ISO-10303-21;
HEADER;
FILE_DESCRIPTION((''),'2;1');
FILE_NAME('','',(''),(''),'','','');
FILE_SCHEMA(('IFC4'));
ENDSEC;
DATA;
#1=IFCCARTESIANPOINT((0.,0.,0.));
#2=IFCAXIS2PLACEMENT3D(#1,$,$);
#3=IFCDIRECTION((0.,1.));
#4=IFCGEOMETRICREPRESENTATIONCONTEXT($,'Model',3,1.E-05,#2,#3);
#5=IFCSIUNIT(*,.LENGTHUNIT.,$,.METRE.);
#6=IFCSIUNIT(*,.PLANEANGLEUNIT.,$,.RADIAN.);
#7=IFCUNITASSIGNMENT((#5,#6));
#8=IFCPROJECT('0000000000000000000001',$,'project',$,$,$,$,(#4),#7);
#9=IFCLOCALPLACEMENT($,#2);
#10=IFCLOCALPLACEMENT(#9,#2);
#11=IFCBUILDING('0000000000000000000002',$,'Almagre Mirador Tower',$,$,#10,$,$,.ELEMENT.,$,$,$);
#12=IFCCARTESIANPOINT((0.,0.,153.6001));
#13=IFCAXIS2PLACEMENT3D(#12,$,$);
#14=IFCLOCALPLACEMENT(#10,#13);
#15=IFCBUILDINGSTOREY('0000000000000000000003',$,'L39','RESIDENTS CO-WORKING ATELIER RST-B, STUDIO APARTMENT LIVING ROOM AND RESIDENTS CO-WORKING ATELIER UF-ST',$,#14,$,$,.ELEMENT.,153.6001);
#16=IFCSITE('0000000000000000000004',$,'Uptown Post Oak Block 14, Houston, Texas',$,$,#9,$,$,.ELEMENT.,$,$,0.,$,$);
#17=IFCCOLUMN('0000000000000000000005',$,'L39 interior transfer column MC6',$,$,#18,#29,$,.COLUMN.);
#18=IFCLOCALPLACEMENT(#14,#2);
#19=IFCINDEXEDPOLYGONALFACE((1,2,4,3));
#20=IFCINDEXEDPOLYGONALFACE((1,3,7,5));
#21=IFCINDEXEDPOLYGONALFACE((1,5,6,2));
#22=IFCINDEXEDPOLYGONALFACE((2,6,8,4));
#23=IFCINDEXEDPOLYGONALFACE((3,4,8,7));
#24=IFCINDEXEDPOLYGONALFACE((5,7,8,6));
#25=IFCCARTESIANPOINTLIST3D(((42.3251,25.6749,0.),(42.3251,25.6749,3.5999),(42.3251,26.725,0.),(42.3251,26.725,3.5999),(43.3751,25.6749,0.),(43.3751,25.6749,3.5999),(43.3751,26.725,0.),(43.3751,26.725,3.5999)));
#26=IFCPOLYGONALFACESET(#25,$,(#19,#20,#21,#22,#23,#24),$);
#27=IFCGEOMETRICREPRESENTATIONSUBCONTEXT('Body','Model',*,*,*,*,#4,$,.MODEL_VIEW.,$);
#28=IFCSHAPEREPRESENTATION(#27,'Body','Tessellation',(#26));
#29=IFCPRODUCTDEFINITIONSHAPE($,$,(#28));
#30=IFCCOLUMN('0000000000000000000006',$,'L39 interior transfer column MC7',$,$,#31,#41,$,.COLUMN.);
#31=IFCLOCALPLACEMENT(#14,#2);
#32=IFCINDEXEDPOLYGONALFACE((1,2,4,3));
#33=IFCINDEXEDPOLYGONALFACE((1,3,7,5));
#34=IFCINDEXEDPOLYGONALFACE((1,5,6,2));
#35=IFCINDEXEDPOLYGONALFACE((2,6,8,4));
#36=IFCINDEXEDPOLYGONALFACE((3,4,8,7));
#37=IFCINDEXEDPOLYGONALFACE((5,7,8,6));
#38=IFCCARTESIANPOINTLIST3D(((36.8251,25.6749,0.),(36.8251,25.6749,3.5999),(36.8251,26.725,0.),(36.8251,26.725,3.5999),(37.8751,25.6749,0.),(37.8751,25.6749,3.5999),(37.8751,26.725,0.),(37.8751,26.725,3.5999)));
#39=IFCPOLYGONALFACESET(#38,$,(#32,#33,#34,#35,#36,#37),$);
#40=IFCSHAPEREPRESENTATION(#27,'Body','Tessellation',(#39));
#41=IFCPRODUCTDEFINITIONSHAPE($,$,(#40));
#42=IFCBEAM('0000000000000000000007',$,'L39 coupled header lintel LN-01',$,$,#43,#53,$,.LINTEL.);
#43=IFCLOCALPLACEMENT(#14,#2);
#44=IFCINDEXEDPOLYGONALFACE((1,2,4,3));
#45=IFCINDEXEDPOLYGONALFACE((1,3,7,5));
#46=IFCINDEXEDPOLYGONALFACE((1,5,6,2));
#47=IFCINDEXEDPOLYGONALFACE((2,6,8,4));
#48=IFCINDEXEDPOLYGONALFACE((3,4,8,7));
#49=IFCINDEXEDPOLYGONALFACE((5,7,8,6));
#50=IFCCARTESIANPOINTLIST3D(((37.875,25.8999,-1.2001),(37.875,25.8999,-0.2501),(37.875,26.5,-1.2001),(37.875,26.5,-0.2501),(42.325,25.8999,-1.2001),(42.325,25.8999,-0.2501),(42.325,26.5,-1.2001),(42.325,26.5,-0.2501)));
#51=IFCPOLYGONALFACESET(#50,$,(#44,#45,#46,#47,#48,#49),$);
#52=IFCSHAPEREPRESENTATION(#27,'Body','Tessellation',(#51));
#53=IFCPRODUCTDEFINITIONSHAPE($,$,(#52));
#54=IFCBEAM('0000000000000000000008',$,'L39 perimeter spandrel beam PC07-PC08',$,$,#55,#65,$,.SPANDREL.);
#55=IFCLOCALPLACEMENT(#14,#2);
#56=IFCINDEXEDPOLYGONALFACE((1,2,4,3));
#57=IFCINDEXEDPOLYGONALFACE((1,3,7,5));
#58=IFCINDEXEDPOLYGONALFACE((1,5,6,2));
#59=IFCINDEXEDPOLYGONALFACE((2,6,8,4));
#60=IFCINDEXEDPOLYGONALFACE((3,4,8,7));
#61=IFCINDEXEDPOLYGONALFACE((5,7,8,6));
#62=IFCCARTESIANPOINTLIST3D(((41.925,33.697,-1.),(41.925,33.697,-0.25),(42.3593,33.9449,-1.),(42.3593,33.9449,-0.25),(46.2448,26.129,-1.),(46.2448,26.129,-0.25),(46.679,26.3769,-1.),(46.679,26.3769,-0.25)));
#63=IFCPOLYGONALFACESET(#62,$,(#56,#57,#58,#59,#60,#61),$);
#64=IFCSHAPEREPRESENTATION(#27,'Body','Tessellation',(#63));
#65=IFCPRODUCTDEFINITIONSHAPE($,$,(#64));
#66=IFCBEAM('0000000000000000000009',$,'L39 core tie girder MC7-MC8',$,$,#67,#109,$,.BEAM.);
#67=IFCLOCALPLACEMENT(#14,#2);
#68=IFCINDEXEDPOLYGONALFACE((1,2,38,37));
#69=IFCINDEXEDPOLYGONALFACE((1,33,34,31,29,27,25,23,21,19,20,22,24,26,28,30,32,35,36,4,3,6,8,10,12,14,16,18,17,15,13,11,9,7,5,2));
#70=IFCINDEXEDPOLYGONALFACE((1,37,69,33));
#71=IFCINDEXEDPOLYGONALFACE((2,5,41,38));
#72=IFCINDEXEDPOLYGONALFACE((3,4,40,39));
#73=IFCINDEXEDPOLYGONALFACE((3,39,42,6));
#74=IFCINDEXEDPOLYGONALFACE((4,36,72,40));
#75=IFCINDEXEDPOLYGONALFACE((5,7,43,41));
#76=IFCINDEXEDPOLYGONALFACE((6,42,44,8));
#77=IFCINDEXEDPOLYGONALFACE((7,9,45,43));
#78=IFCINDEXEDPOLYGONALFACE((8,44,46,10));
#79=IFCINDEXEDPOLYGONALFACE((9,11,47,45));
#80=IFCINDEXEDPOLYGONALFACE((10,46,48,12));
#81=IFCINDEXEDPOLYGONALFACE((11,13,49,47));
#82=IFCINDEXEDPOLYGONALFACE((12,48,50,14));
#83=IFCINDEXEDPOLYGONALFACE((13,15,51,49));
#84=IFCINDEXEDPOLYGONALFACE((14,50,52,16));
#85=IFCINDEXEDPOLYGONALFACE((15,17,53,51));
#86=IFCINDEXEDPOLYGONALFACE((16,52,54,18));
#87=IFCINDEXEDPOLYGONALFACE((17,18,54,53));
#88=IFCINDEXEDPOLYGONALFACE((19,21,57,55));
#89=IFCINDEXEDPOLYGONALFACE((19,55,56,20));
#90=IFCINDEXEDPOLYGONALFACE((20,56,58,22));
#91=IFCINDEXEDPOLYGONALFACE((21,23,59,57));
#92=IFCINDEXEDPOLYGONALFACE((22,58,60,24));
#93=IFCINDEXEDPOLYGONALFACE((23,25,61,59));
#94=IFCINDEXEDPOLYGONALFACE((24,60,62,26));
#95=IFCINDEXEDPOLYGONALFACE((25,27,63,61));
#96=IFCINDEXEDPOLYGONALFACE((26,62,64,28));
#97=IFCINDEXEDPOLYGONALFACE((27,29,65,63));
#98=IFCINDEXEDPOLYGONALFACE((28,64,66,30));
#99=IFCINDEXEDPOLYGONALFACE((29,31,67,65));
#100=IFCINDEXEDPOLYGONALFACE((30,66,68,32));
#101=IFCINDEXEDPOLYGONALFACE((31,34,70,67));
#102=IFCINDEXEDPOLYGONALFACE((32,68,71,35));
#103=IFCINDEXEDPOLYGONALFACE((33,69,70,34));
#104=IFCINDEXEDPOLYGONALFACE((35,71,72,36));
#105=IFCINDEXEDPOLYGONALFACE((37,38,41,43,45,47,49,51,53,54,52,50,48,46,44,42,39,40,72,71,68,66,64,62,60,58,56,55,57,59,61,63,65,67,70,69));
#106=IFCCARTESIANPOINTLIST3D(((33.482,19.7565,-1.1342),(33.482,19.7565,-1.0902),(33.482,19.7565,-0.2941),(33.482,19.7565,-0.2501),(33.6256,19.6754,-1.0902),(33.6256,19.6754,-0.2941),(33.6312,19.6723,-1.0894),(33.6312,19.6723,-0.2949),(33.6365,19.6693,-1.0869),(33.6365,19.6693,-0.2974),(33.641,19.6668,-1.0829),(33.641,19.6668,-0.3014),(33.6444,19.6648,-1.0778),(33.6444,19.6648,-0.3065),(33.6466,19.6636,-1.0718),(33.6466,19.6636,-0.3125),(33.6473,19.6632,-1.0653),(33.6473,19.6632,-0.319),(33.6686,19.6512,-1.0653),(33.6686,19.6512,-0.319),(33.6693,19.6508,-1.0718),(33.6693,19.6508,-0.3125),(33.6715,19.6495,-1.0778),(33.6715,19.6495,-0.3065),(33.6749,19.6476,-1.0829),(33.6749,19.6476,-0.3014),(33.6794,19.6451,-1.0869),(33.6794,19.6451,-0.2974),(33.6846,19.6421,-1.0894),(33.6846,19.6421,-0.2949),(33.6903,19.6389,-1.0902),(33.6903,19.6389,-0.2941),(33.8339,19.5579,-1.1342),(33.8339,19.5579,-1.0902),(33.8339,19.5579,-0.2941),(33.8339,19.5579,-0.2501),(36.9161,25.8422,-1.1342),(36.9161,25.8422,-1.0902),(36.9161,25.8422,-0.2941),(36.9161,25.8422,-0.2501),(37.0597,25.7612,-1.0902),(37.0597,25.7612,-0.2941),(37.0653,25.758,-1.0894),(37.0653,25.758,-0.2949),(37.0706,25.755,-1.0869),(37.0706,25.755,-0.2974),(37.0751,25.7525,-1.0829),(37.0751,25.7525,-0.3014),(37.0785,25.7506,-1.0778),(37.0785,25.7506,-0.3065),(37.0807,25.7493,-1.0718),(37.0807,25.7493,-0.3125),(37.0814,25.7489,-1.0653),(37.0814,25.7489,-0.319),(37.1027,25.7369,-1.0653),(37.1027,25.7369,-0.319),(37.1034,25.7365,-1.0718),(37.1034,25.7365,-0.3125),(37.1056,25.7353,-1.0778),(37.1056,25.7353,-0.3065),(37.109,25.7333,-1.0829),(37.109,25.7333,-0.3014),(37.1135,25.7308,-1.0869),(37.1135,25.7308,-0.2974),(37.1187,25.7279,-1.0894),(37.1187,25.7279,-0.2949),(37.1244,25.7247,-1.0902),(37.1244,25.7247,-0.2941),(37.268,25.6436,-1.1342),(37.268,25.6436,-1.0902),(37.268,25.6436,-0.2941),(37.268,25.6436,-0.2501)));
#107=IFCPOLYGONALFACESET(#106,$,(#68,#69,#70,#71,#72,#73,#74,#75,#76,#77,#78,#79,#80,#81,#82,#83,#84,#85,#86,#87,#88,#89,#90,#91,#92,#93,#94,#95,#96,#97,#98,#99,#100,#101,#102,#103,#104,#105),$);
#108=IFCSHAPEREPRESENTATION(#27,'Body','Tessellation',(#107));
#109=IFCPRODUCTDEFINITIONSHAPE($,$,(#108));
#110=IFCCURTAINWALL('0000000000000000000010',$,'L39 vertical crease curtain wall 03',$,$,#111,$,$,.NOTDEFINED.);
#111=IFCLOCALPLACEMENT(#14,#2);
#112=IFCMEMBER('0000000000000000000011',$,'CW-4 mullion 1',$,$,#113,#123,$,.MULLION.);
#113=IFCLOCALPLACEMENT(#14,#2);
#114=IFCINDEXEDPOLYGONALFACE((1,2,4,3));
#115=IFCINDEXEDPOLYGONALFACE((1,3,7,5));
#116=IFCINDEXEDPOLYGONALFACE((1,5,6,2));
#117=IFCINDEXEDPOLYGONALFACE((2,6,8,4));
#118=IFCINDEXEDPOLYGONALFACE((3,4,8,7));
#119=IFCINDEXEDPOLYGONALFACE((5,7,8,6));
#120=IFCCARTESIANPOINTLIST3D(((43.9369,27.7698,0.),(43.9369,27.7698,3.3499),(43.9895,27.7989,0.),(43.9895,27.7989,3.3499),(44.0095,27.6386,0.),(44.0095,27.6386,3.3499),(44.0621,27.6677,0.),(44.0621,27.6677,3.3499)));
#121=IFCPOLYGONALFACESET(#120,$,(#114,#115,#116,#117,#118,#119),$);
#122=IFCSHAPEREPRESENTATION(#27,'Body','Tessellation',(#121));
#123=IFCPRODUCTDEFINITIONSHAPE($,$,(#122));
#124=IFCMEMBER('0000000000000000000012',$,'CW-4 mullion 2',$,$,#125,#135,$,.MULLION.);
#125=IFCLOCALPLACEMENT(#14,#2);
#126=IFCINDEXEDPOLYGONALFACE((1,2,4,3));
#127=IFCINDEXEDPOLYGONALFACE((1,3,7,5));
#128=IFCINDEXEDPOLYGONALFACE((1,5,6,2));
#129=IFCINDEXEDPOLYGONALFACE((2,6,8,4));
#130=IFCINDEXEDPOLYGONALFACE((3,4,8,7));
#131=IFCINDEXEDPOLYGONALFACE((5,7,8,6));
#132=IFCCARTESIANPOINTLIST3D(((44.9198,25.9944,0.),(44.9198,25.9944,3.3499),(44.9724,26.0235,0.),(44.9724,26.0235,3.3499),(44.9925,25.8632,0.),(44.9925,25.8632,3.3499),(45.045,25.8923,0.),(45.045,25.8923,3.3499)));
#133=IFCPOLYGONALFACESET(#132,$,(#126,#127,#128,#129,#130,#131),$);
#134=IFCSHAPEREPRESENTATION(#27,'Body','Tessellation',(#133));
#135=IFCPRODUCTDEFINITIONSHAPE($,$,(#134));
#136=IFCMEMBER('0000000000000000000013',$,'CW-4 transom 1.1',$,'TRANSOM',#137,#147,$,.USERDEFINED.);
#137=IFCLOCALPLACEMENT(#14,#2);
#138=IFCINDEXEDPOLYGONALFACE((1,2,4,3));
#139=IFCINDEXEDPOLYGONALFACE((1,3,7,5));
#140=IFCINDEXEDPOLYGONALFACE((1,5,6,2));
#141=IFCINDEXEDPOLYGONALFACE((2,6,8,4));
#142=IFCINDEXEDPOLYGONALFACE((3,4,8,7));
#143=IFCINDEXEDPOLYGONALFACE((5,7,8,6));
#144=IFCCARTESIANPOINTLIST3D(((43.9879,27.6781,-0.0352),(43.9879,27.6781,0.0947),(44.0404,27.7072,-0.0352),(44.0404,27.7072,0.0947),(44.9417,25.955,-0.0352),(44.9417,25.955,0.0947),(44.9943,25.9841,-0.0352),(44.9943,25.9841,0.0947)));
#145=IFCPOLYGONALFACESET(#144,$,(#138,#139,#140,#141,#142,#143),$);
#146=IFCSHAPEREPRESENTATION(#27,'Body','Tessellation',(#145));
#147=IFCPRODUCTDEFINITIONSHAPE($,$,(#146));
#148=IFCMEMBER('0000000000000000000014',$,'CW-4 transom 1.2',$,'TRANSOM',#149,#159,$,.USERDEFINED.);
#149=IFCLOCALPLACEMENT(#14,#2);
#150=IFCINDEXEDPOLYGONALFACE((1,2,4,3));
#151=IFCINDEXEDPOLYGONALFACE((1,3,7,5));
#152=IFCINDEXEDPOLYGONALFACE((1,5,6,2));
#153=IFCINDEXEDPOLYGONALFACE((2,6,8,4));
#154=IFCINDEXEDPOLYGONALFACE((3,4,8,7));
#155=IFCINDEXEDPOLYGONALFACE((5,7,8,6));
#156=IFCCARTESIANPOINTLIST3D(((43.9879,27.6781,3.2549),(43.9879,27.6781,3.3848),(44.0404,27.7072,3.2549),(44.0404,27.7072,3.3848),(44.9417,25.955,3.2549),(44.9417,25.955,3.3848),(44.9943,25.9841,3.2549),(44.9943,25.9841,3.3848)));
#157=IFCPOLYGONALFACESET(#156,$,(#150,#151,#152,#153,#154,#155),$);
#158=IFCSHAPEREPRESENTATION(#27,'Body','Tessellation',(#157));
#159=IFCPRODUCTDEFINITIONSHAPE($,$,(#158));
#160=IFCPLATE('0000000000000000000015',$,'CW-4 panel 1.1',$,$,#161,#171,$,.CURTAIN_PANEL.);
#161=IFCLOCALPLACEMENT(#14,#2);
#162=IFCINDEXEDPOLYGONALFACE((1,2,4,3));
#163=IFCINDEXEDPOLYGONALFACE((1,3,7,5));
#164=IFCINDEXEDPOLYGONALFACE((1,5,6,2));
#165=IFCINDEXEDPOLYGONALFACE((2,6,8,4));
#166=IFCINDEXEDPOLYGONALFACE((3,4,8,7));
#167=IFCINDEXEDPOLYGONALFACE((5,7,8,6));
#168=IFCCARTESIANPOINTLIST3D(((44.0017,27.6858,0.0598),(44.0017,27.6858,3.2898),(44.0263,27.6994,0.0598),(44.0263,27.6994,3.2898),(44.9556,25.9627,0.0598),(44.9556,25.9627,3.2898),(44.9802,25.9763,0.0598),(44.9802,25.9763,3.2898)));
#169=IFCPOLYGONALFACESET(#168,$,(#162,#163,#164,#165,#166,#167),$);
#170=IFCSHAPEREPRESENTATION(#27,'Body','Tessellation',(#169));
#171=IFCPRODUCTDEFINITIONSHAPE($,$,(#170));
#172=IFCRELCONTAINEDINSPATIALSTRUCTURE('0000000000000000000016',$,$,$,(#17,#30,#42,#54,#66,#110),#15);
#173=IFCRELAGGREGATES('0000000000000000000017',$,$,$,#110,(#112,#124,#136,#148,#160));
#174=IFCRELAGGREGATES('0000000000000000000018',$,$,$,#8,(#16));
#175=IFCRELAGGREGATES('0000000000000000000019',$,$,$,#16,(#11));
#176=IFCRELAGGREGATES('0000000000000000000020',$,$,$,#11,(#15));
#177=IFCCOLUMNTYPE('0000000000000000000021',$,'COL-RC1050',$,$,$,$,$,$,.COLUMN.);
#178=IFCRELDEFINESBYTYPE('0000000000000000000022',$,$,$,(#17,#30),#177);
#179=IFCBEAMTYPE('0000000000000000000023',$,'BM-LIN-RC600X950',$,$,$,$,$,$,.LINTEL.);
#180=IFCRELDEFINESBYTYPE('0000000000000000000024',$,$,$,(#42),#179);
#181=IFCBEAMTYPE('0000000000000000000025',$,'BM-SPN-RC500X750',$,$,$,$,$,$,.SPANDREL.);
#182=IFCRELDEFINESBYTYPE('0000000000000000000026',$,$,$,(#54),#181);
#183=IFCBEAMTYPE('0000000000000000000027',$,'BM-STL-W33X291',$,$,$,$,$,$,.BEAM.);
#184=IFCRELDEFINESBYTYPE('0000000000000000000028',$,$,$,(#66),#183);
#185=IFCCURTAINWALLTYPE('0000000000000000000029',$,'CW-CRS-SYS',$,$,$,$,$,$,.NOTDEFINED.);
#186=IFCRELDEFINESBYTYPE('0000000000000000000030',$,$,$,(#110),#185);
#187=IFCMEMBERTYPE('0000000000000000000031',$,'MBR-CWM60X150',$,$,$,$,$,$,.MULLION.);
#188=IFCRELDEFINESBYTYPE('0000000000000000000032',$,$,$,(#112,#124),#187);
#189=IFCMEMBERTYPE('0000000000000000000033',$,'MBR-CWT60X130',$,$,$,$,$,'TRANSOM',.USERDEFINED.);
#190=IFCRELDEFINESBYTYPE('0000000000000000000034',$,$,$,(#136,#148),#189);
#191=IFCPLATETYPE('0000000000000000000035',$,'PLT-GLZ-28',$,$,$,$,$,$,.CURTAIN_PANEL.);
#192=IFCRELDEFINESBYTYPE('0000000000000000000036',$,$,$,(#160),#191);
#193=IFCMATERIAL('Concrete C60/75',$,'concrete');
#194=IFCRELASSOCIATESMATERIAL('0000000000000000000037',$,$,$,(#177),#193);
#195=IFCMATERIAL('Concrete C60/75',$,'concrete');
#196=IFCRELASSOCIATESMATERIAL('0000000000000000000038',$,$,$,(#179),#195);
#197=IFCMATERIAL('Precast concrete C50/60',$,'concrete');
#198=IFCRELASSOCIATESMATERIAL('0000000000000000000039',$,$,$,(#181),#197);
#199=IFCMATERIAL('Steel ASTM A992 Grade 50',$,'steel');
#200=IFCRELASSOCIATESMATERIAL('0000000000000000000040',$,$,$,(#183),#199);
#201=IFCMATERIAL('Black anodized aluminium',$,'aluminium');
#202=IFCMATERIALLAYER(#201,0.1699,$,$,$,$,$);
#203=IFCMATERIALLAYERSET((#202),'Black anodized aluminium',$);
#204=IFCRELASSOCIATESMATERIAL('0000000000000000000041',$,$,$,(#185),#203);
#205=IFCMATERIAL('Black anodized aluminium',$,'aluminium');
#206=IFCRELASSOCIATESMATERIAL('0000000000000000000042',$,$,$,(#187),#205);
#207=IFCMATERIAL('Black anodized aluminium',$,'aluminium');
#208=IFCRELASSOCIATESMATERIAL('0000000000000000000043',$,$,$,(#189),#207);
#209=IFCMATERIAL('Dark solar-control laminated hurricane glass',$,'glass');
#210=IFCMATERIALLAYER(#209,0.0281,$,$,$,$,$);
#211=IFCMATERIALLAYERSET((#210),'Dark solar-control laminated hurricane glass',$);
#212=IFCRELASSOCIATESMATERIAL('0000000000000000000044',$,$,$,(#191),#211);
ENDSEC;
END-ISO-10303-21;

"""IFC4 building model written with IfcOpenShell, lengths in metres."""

from ifc_helpers import new_model, si_unit, direction, frame, origin, origin_2d, place, context, subcontext, project, spatial, rectangle, i_section, extrude, material, layer, layer_set, material_profile, profile_set, type_object, element, aggregate, save


model = new_model("IFC4")

# Units and contexts
model_context = context("Model", 3, precision=1e-05, world=origin(), true_north=direction((0.0, 1.0)))
body_context = subcontext(model_context, "Body", "Model", "MODEL_VIEW")
ifc_project = project(units=[si_unit("LENGTHUNIT", "METRE"), si_unit("PLANEANGLEUNIT", "RADIAN")], contexts=[model_context])

# Site, building, storey
site_placement = place(None, origin())
site = spatial("IfcSite", under=ifc_project, at=site_placement, Name="Uptown Post Oak Block 14, Houston, Texas", CompositionType="ELEMENT", RefElevation=0.0)
building_placement = place(site_placement, origin())
building = spatial("IfcBuilding", under=site, at=building_placement, Name="Almagre Mirador Tower", CompositionType="ELEMENT")
storey_placement = place(building_placement, frame((0.0, 0.0, 153.6001)))
storey = spatial("IfcBuildingStorey", under=building, at=storey_placement, Name="L39", Description="RESIDENTS CO-WORKING ATELIER RST-B, STUDIO APARTMENT LIVING ROOM AND RESIDENTS CO-WORKING ATELIER UF-ST", CompositionType="ELEMENT", Elevation=153.6001)

# Columns
ifc_material_1 = material(Name="Concrete C60/75", Category="concrete")
ifc_material_profile_1 = material_profile(ifc_material_1, rectangle(XDim=1.05, YDim=1.05, at=origin_2d()), Name="RC1050X1050")
ifc_profile_set_1 = profile_set([ifc_material_profile_1], Name="Concrete C60/75")
column_type = type_object("IfcColumnType", Name="COL-RC1050", PredefinedType="COLUMN", material=ifc_profile_set_1)
for number, where, z_axis, x_axis, name in (
    (1, (42.8501, 26.2, 0.0), (0.0, 0.0, 1.0), (1.0, 0.0, 0.0), "L39 interior transfer column MC6"),
    (2, (37.3501, 26.2, 0.0), (0.0, 0.0, 1.0), (1.0, 0.0, 0.0), "L39 interior transfer column MC7"),
):
    element("IfcColumn", number, at=place(storey_placement, frame(where, z_axis=z_axis, x_axis=x_axis)), inside=storey, type_object=column_type, Name=name, PredefinedType="COLUMN", context=body_context, shape_type="SweptSolid", body=[
        extrude(rectangle(XDim=1.05, YDim=1.05, at=origin_2d()), origin(), (0.0, 0.0, 1.0), 3.5999),
    ])

# Beams
ifc_material_2 = material(Name="Concrete C60/75", Category="concrete")
ifc_material_profile_2 = material_profile(ifc_material_2, rectangle(XDim=0.6001, YDim=0.95, at=origin_2d()), Name="RC600X950")
ifc_profile_set_2 = profile_set([ifc_material_profile_2], Name="Concrete C60/75")
beam_type_1 = type_object("IfcBeamType", Name="BM-LIN-RC600X950", PredefinedType="LINTEL", material=ifc_profile_set_2)
beam_1_placement = place(storey_placement, frame((37.875, 26.2, -0.7251), z_axis=(1.0, 0.0, 0.0), x_axis=(0.0, 1.0, 0.0)))
element("IfcBeam", 3, at=beam_1_placement, inside=storey, type_object=beam_type_1, Name="L39 coupled header lintel LN-01", PredefinedType="LINTEL", context=body_context, shape_type="SweptSolid", body=[
    extrude(rectangle(XDim=0.6001, YDim=0.95, at=origin_2d()), origin(), (0.0, 0.0, 1.0), 4.45),
])
ifc_material_3 = material(Name="Precast concrete C50/60", Category="concrete")
ifc_material_profile_3 = material_profile(ifc_material_3, rectangle(XDim=0.5, YDim=0.75, at=origin_2d()), Name="RC500X750")
ifc_profile_set_3 = profile_set([ifc_material_profile_3], Name="Precast concrete C50/60")
beam_type_2 = type_object("IfcBeamType", Name="BM-SPN-RC500X750", PredefinedType="SPANDREL", material=ifc_profile_set_3)
beam_2_placement = place(storey_placement, frame((46.4619, 26.2529, -0.625), z_axis=(-0.495723, 0.868481, 0.0), x_axis=(-0.868481, -0.495723, 0.0)))
element("IfcBeam", 4, at=beam_2_placement, inside=storey, type_object=beam_type_2, Name="L39 perimeter spandrel beam PC07-PC08", PredefinedType="SPANDREL", context=body_context, shape_type="SweptSolid", body=[
    extrude(rectangle(XDim=0.5, YDim=0.75, at=origin_2d()), origin(), (0.0, 0.0, 1.0), 8.7141),
])
ifc_material_4 = material(Name="Steel ASTM A992 Grade 50", Category="steel")
ifc_material_profile_4 = material_profile(ifc_material_4, i_section(OverallWidth=0.4041, OverallDepth=0.884, WebThickness=0.0244, FlangeThickness=0.0439, FilletRadius=0.0249, at=origin_2d()), Name="W33X291")
ifc_profile_set_4 = profile_set([ifc_material_profile_4], Name="Steel ASTM A992 Grade 50")
beam_type_3 = type_object("IfcBeamType", Name="BM-STL-W33X291", PredefinedType="BEAM", material=ifc_profile_set_4)
beam_3_placement = place(storey_placement, frame((37.092, 25.7429, -0.6921), z_axis=(-0.491444, -0.870909, 0.0), x_axis=(0.870909, -0.491444, 0.0)))
element("IfcBeam", 5, at=beam_3_placement, inside=storey, type_object=beam_type_3, Name="L39 core tie girder MC7-MC8", PredefinedType="BEAM", context=body_context, shape_type="SweptSolid", body=[
    extrude(i_section(OverallWidth=0.4041, OverallDepth=0.884, WebThickness=0.0244, FlangeThickness=0.0439, FilletRadius=0.0249, at=origin_2d()), origin(), (0.0, 0.0, 1.0), 6.9878),
])

# Curtain wall, members, plate
ifc_material_5 = material(Name="Black anodized aluminium", Category="aluminium")
ifc_layer_1 = layer(ifc_material_5, 0.1699)
ifc_layer_set_1 = layer_set([ifc_layer_1], Name="Black anodized aluminium")
curtain_wall_type = type_object("IfcCurtainWallType", Name="CW-CRS-SYS", PredefinedType="NOTDEFINED", material=ifc_layer_set_1)
curtain_wall_placement = place(storey_placement, origin())
curtain_wall = element("IfcCurtainWall", 6, at=curtain_wall_placement, inside=storey, type_object=curtain_wall_type, Name="L39 vertical crease curtain wall 03", PredefinedType="NOTDEFINED")
ifc_material_6 = material(Name="Black anodized aluminium", Category="aluminium")
ifc_material_profile_5 = material_profile(ifc_material_6, rectangle(XDim=0.0601, YDim=0.1499, at=origin_2d()), Name="CWM60X150")
ifc_profile_set_5 = profile_set([ifc_material_profile_5], Name="Black anodized aluminium")
member_type_1 = type_object("IfcMemberType", Name="MBR-CWM60X150", PredefinedType="MULLION", material=ifc_profile_set_5)
member_1_placement = place(storey_placement, frame((43.9995, 27.7188, 0.0), z_axis=(0.0, 0.0, 1.0), x_axis=(0.874879, 0.484342, 0.0)))
member_1 = element("IfcMember", 7, at=member_1_placement, type_object=member_type_1, Name="CW-4 mullion 1", PredefinedType="MULLION", context=body_context, shape_type="SweptSolid", body=[
    extrude(rectangle(XDim=0.0601, YDim=0.1499, at=origin_2d()), origin(), (0.0, 0.0, 1.0), 3.3499),
])
member_2_placement = place(storey_placement, frame((44.9824, 25.9434, 0.0), z_axis=(0.0, 0.0, 1.0), x_axis=(0.874879, 0.484342, 0.0)))
member_2 = element("IfcMember", 8, at=member_2_placement, type_object=member_type_1, Name="CW-4 mullion 2", PredefinedType="MULLION", context=body_context, shape_type="SweptSolid", body=[
    extrude(rectangle(XDim=0.0601, YDim=0.1499, at=origin_2d()), origin(), (0.0, 0.0, 1.0), 3.3499),
])
ifc_material_7 = material(Name="Black anodized aluminium", Category="aluminium")
ifc_material_profile_6 = material_profile(ifc_material_7, rectangle(XDim=0.0601, YDim=0.1299, at=origin_2d()), Name="CWT60X130")
ifc_profile_set_6 = profile_set([ifc_material_profile_6], Name="Black anodized aluminium")
member_type_2 = type_object("IfcMemberType", Name="MBR-CWT60X130", ElementType="TRANSOM", PredefinedType="USERDEFINED", material=ifc_profile_set_6)
member_3_placement = place(storey_placement, frame((44.0142, 27.6926, 0.0298), z_axis=(0.484306, -0.874899, 0.0), x_axis=(0.874899, 0.484306, 0.0)))
member_3 = element("IfcMember", 9, at=member_3_placement, type_object=member_type_2, Name="CW-4 transom 1.1", ObjectType="TRANSOM", PredefinedType="USERDEFINED", context=body_context, shape_type="SweptSolid", body=[
    extrude(rectangle(XDim=0.0601, YDim=0.1299, at=origin_2d()), origin(), (0.0, 0.0, 1.0), 1.9695),
])
member_4_placement = place(storey_placement, frame((44.0142, 27.6926, 3.3198), z_axis=(0.484306, -0.874899, 0.0), x_axis=(0.874899, 0.484306, 0.0)))
member_4 = element("IfcMember", 10, at=member_4_placement, type_object=member_type_2, Name="CW-4 transom 1.2", ObjectType="TRANSOM", PredefinedType="USERDEFINED", context=body_context, shape_type="SweptSolid", body=[
    extrude(rectangle(XDim=0.0601, YDim=0.1299, at=origin_2d()), origin(), (0.0, 0.0, 1.0), 1.9695),
])
ifc_material_8 = material(Name="Dark solar-control laminated hurricane glass", Category="glass")
ifc_layer_2 = layer(ifc_material_8, 0.0281)
ifc_layer_set_2 = layer_set([ifc_layer_2], Name="Dark solar-control laminated hurricane glass")
plate_type = type_object("IfcPlateType", Name="PLT-GLZ-28", PredefinedType="CURTAIN_PANEL", material=ifc_layer_set_2)
plate_placement = place(storey_placement, frame((44.491, 26.8311, 0.0598), z_axis=(0.0, 0.0, 1.0), x_axis=(0.484342, -0.874879, 0.0)))
plate = element("IfcPlate", 11, at=plate_placement, type_object=plate_type, Name="CW-4 panel 1.1", PredefinedType="CURTAIN_PANEL", context=body_context, shape_type="SweptSolid", body=[
    extrude(rectangle(XDim=1.9695, YDim=0.0281, at=origin_2d()), origin(), (0.0, 0.0, 1.0), 3.23),
])
aggregate(curtain_wall, [member_1, member_2, member_3, member_4, plate])

save(model, "model.ifc")
